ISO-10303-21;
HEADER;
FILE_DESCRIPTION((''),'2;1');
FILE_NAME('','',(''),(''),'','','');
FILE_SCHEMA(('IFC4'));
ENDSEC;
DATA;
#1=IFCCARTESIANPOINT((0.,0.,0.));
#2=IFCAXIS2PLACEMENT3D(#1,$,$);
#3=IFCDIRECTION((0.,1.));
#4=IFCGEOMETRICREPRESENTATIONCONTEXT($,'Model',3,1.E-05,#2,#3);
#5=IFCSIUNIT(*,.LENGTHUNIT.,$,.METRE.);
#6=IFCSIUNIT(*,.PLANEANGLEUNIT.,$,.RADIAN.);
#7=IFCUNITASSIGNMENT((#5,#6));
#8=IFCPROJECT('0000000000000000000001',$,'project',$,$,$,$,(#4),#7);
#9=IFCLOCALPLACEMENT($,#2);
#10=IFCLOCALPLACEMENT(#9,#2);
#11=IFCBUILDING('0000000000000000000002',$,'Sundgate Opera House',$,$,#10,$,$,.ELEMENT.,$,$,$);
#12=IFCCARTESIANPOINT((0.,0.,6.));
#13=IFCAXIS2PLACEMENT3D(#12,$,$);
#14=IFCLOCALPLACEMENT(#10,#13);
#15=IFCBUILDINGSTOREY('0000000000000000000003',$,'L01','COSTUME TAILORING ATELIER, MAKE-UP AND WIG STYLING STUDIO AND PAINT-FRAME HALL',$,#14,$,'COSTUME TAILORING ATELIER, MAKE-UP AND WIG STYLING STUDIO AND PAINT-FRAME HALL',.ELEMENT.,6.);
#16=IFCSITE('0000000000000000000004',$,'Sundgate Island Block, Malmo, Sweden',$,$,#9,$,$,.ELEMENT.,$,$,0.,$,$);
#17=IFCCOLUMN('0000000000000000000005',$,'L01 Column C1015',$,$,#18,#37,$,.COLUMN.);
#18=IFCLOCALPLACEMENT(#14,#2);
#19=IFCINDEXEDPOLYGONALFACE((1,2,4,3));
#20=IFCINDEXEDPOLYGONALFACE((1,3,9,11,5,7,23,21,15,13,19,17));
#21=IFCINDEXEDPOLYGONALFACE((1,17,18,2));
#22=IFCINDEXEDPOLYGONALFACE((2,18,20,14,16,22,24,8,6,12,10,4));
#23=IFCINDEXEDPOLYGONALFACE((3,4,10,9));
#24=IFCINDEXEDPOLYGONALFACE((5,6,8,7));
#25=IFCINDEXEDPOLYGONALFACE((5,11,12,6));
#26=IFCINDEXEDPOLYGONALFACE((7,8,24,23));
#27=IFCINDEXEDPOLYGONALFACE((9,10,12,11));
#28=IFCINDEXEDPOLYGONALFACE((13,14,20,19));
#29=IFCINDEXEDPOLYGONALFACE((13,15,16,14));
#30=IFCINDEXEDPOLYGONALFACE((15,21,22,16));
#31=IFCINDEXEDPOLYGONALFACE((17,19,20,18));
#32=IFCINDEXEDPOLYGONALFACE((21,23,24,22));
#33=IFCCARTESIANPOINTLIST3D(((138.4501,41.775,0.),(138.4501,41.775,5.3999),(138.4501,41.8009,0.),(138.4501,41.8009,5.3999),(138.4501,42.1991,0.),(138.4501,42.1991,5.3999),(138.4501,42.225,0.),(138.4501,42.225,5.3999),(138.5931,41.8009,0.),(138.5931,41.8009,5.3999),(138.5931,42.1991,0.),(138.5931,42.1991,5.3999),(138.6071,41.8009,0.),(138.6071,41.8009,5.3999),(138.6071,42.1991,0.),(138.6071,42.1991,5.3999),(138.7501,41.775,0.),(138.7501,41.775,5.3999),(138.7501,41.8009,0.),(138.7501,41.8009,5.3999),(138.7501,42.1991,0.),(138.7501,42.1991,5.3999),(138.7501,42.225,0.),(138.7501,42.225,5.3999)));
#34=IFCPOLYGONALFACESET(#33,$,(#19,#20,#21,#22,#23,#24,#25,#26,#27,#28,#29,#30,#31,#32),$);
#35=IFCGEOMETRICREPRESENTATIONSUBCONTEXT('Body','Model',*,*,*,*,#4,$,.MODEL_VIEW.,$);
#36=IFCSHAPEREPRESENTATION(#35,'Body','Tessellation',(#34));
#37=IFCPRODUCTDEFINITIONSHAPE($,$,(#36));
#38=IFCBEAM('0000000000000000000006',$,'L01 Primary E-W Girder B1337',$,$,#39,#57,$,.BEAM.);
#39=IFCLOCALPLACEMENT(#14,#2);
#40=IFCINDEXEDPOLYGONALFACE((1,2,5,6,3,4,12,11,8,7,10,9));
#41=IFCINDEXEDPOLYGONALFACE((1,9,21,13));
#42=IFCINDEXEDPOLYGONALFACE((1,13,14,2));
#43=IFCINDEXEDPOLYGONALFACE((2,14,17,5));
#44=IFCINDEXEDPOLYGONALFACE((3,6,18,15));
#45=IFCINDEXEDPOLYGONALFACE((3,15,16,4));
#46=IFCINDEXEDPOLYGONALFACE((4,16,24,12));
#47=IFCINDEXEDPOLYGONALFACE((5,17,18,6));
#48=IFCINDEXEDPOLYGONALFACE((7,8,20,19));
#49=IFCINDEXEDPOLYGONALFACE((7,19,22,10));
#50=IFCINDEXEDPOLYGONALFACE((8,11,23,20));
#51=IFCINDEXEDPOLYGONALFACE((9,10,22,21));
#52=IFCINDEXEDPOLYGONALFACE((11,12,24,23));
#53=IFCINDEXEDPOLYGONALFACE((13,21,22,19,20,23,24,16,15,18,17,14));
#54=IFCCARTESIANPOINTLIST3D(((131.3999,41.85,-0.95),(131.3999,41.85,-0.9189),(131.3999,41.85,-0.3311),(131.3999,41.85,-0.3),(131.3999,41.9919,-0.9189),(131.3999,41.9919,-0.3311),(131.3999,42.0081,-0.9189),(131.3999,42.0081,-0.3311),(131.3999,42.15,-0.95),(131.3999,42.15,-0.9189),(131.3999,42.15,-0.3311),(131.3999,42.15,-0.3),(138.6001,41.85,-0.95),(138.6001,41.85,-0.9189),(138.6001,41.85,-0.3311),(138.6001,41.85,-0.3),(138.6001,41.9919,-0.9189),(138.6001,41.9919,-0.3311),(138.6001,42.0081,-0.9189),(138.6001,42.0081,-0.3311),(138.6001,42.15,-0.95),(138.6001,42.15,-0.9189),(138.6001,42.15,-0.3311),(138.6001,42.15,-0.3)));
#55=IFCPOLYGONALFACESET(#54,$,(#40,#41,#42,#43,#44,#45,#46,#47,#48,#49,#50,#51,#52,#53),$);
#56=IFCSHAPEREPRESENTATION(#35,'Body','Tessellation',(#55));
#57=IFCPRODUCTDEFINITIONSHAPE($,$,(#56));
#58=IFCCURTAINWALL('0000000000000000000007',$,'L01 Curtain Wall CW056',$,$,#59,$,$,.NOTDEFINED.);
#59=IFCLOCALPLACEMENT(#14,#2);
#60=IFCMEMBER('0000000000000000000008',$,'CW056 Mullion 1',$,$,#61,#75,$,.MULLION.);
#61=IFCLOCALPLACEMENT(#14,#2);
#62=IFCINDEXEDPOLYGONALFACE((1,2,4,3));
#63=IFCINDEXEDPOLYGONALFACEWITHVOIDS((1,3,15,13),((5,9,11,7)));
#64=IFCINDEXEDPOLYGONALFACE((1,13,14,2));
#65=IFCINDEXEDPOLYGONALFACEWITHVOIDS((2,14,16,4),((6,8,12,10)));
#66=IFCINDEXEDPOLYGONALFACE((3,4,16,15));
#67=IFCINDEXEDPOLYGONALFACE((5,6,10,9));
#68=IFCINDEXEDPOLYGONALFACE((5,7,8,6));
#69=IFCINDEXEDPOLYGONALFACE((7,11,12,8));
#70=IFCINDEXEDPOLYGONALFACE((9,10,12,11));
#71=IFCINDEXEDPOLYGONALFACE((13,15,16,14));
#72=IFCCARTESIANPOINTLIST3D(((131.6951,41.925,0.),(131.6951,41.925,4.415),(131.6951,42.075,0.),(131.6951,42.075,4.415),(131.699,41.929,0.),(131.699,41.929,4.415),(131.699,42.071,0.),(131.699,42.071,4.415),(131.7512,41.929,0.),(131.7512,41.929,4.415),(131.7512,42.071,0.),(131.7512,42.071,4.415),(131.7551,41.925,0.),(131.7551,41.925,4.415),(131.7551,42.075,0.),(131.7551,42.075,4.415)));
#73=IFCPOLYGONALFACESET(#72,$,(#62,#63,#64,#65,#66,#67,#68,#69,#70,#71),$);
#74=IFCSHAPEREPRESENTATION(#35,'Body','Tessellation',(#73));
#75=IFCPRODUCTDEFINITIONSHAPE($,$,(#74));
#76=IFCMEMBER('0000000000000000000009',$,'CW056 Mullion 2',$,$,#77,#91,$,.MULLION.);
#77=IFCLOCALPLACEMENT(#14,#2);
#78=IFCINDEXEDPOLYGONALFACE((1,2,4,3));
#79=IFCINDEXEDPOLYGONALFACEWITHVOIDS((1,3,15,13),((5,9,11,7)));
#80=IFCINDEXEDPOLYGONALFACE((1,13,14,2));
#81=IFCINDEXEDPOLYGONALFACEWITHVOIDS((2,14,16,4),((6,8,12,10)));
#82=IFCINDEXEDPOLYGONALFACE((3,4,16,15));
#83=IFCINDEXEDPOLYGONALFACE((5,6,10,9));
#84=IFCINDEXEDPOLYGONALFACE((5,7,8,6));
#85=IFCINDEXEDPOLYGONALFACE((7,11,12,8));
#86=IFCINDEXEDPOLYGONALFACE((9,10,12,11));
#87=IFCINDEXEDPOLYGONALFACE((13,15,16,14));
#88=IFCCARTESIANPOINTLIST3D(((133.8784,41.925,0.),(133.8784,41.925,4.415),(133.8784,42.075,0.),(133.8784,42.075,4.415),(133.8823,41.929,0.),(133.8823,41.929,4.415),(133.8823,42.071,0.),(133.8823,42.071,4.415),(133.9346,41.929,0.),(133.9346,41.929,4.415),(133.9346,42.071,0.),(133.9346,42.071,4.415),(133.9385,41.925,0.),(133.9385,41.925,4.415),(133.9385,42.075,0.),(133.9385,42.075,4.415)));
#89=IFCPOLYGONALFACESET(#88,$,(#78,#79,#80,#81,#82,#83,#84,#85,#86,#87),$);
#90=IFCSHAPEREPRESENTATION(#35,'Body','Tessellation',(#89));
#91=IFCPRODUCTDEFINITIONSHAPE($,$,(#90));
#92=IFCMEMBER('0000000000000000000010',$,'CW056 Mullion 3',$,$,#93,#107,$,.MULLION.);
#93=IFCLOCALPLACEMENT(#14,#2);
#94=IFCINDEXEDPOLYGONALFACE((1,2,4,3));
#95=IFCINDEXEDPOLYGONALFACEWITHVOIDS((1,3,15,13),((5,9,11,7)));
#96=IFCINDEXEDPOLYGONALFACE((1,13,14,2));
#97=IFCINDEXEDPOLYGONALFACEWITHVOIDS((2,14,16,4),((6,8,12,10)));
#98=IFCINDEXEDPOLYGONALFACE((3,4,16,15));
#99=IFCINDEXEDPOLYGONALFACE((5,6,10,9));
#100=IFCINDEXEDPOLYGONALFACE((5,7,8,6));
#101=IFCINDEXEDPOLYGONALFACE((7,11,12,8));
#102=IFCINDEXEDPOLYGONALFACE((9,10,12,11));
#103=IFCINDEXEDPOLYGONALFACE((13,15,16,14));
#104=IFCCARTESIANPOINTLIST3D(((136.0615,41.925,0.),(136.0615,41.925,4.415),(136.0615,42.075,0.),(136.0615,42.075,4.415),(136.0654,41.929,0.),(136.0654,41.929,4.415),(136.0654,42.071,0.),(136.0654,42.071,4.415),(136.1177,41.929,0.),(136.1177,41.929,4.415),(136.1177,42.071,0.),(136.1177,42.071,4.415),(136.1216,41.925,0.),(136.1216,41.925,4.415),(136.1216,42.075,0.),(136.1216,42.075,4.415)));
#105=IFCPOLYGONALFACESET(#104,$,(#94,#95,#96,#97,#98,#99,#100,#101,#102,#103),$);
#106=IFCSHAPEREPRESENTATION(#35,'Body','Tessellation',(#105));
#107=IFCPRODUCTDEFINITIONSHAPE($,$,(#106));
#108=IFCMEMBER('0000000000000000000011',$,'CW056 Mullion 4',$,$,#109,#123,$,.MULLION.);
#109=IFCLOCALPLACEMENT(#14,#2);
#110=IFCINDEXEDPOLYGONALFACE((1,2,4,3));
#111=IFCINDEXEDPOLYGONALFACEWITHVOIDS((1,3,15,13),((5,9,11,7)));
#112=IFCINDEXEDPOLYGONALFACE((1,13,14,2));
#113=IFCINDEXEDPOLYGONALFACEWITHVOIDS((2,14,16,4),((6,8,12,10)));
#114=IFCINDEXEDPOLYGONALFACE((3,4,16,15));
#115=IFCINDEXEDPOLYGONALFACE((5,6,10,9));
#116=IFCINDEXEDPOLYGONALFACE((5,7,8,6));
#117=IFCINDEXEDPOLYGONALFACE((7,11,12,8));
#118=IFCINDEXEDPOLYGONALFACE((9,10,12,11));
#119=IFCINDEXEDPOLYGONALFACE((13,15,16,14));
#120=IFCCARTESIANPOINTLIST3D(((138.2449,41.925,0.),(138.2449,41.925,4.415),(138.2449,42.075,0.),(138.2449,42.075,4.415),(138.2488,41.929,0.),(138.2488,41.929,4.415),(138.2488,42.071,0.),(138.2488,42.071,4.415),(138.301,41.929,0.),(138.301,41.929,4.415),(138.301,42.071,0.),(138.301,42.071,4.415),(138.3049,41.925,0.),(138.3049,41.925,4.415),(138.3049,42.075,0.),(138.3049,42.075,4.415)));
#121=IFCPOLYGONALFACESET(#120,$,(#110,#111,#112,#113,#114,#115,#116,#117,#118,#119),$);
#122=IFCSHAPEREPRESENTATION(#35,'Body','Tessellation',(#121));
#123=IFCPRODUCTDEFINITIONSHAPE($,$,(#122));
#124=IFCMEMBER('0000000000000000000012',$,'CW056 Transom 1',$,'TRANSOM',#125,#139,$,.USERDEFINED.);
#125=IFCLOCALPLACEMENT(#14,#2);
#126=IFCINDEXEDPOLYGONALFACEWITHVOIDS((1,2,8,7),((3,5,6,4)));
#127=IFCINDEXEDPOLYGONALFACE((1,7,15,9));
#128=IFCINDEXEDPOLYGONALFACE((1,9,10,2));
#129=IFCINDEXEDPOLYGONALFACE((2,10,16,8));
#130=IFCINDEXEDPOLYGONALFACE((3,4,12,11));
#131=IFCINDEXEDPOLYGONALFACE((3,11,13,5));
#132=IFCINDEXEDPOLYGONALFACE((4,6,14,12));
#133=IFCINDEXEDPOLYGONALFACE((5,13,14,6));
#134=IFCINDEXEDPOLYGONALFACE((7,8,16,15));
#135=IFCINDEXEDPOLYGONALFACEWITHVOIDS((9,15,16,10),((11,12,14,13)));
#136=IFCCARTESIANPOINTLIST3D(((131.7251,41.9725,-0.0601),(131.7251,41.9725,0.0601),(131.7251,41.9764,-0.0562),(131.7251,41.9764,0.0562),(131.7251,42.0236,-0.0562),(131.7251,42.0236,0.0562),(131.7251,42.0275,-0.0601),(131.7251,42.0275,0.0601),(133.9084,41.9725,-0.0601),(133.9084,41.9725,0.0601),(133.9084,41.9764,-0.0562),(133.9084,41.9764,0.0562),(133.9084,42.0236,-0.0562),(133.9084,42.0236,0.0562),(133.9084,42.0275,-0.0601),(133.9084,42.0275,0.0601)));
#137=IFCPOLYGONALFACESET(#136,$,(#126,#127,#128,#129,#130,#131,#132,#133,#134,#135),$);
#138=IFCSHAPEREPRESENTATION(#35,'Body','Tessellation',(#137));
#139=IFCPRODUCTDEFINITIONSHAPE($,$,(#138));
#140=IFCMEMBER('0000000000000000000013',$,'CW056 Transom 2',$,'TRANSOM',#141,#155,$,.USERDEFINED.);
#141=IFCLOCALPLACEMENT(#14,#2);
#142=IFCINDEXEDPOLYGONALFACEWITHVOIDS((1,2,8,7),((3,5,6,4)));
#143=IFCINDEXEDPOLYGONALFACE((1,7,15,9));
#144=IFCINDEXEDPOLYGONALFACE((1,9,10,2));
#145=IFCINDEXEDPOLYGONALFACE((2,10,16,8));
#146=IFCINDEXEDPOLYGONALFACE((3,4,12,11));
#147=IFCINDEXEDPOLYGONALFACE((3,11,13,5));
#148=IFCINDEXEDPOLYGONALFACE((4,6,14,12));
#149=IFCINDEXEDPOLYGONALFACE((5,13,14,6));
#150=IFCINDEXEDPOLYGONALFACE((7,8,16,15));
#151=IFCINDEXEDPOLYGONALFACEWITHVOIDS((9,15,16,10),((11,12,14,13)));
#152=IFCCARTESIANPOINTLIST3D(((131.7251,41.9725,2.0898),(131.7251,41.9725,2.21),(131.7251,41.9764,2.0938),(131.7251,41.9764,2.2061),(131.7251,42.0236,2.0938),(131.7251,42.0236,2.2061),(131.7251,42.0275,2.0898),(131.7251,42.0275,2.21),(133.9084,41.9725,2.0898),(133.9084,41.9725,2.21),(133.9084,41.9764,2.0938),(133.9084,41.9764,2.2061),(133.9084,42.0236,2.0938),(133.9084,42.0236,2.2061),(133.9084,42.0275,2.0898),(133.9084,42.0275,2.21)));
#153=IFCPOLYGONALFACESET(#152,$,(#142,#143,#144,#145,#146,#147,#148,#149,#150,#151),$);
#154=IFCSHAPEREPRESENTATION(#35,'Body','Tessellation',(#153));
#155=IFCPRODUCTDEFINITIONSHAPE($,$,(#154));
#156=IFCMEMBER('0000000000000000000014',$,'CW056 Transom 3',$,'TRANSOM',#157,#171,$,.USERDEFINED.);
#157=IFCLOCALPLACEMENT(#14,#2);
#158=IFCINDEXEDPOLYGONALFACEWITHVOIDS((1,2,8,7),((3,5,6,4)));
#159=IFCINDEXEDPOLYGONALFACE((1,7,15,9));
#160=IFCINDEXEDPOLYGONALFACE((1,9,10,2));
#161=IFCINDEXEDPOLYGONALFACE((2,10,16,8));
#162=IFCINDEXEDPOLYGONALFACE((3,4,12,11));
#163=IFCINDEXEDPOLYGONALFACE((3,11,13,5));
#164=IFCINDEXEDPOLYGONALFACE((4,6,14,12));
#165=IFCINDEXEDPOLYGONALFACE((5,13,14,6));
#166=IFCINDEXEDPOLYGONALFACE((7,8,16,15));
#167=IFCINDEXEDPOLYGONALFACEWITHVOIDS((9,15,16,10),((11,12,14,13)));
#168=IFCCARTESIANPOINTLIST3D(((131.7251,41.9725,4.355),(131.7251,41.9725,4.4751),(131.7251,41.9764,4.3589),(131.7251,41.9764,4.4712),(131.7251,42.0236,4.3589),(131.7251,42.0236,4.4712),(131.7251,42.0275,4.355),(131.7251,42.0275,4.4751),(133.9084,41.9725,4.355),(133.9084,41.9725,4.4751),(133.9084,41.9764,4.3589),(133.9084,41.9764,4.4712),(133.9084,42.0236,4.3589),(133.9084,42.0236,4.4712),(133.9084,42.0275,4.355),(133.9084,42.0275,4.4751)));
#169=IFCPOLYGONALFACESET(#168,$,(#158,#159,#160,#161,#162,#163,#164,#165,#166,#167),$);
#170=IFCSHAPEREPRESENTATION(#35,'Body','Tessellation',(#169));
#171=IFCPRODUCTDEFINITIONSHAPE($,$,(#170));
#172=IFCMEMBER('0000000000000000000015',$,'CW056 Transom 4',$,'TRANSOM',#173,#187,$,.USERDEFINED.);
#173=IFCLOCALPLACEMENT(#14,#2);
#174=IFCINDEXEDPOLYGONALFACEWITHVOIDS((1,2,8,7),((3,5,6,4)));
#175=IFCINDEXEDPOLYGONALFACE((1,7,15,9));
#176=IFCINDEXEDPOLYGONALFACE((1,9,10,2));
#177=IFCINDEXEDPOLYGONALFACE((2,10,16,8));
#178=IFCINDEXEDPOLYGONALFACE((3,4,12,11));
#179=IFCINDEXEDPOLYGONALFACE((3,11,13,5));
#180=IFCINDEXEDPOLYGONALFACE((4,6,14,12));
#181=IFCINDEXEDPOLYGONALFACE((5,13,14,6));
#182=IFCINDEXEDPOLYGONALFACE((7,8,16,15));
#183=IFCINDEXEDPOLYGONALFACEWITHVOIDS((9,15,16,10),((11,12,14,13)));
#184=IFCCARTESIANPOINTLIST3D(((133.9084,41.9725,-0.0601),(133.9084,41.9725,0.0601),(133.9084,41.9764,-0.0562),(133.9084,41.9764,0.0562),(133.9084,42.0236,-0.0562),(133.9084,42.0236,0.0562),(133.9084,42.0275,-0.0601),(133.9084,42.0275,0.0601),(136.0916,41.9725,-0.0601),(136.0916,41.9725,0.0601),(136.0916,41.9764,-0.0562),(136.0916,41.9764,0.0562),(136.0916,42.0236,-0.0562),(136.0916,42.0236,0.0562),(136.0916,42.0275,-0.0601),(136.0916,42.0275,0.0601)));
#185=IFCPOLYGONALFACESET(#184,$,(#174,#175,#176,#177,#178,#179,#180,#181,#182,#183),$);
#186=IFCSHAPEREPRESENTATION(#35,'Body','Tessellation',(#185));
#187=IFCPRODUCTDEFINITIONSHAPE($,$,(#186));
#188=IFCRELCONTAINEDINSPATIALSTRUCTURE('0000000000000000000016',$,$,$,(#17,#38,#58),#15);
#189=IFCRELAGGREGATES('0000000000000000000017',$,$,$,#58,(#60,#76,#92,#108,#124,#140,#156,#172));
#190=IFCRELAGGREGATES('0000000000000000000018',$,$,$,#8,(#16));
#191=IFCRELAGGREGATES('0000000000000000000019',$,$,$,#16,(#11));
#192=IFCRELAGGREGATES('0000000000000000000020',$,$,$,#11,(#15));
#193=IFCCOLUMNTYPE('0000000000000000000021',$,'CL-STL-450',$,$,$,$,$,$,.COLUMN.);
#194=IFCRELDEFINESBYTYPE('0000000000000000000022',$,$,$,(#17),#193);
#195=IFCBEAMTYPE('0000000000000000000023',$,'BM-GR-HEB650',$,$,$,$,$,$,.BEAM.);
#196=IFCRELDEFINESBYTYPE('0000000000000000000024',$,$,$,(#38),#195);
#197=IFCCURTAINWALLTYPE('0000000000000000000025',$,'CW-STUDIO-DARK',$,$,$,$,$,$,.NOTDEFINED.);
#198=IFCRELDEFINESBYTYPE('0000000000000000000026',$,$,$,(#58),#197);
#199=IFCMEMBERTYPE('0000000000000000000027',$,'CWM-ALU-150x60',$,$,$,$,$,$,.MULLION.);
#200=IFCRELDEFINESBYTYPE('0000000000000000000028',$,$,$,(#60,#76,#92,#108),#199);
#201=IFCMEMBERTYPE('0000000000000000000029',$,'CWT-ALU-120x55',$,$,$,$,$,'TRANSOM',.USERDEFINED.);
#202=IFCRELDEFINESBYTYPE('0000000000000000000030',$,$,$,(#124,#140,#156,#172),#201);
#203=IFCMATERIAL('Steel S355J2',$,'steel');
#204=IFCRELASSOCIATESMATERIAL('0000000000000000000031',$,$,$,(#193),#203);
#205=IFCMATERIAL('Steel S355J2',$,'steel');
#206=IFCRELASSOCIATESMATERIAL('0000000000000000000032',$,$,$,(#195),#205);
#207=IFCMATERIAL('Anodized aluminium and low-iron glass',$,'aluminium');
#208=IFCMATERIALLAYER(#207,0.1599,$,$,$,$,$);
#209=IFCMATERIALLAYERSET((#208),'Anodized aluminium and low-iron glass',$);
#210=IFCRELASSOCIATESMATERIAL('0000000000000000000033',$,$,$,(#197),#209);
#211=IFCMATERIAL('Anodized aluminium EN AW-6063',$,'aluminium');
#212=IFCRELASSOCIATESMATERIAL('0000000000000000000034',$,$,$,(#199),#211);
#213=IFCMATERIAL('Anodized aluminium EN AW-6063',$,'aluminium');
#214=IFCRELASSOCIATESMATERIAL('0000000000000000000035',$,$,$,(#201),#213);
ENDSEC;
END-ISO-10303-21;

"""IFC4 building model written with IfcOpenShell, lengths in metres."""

from ifc_helpers import new_model, si_unit, direction, frame, origin, origin_2d, place, context, subcontext, project, spatial, hollow_rectangle, i_section, extrude, material, layer, layer_set, material_profile, profile_set, type_object, element, aggregate, save


model = new_model("IFC4")

# Units and contexts
model_context = context("Model", 3, precision=1e-05, world=origin(), true_north=direction((0.0, 1.0)))
body_context = subcontext(model_context, "Body", "Model", "MODEL_VIEW")
ifc_project = project(units=[si_unit("LENGTHUNIT", "METRE"), si_unit("PLANEANGLEUNIT", "RADIAN")], contexts=[model_context])

# Site, building, storey
site_placement = place(None, origin())
site = spatial("IfcSite", under=ifc_project, at=site_placement, Name="Sundgate Island Block, Malmo, Sweden", CompositionType="ELEMENT", RefElevation=0.0)
building_placement = place(site_placement, origin())
building = spatial("IfcBuilding", under=site, at=building_placement, Name="Sundgate Opera House", CompositionType="ELEMENT")
storey_placement = place(building_placement, frame((0.0, 0.0, 6.0)))
storey = spatial("IfcBuildingStorey", under=building, at=storey_placement, Name="L01", Description="COSTUME TAILORING ATELIER, MAKE-UP AND WIG STYLING STUDIO AND PAINT-FRAME HALL", LongName="COSTUME TAILORING ATELIER, MAKE-UP AND WIG STYLING STUDIO AND PAINT-FRAME HALL", CompositionType="ELEMENT", Elevation=6.0)

# Column
ifc_material_1 = material(Name="Steel S355J2", Category="steel")
ifc_material_profile_1 = material_profile(ifc_material_1, i_section(OverallWidth=0.3, OverallDepth=0.45, WebThickness=0.0139, FlangeThickness=0.0259, at=origin_2d()), Name="HEB 450")
ifc_profile_set_1 = profile_set([ifc_material_profile_1], Name="Steel S355J2")
column_type = type_object("IfcColumnType", Name="CL-STL-450", PredefinedType="COLUMN", material=ifc_profile_set_1)
column_placement = place(storey_placement, frame((138.6001, 42.0, 0.0), z_axis=(0.0, 0.0, 1.0), x_axis=(1.0, 0.0, 0.0)))
element("IfcColumn", 1, at=column_placement, inside=storey, type_object=column_type, Name="L01 Column C1015", PredefinedType="COLUMN", context=body_context, shape_type="SweptSolid", body=[
    extrude(i_section(OverallWidth=0.3, OverallDepth=0.45, WebThickness=0.0139, FlangeThickness=0.0259, at=origin_2d()), origin(), (0.0, 0.0, 1.0), 5.3999),
])

# Beam
ifc_material_2 = material(Name="Steel S355J2", Category="steel")
ifc_material_profile_2 = material_profile(ifc_material_2, i_section(OverallWidth=0.3, OverallDepth=0.6499, WebThickness=0.0161, FlangeThickness=0.031, at=origin_2d()), Name="HEB 650")
ifc_profile_set_2 = profile_set([ifc_material_profile_2], Name="Steel S355J2")
beam_type = type_object("IfcBeamType", Name="BM-GR-HEB650", PredefinedType="BEAM", material=ifc_profile_set_2)
beam_placement = place(storey_placement, frame((131.3999, 42.0, -0.625), z_axis=(1.0, 0.0, 0.0), x_axis=(0.0, 1.0, 0.0)))
element("IfcBeam", 2, at=beam_placement, inside=storey, type_object=beam_type, Name="L01 Primary E-W Girder B1337", PredefinedType="BEAM", context=body_context, shape_type="SweptSolid", body=[
    extrude(i_section(OverallWidth=0.3, OverallDepth=0.6499, WebThickness=0.0161, FlangeThickness=0.031, at=origin_2d()), origin(), (0.0, 0.0, 1.0), 7.2002),
])

# Curtain wall, members
ifc_material_3 = material(Name="Anodized aluminium and low-iron glass", Category="aluminium")
ifc_layer_1 = layer(ifc_material_3, 0.1599)
ifc_layer_set_1 = layer_set([ifc_layer_1], Name="Anodized aluminium and low-iron glass")
curtain_wall_type = type_object("IfcCurtainWallType", Name="CW-STUDIO-DARK", PredefinedType="NOTDEFINED", material=ifc_layer_set_1)
curtain_wall_placement = place(storey_placement, origin())
curtain_wall = element("IfcCurtainWall", 3, at=curtain_wall_placement, inside=storey, type_object=curtain_wall_type, Name="L01 Curtain Wall CW056", PredefinedType="NOTDEFINED")
ifc_material_4 = material(Name="Anodized aluminium EN AW-6063", Category="aluminium")
ifc_material_profile_3 = material_profile(ifc_material_4, hollow_rectangle(XDim=0.0601, YDim=0.1499, WallThickness=0.0039, at=origin_2d()), Name="CWM 150x60x4")
ifc_profile_set_3 = profile_set([ifc_material_profile_3], Name="Anodized aluminium EN AW-6063")
member_type_1 = type_object("IfcMemberType", Name="CWM-ALU-150x60", PredefinedType="MULLION", material=ifc_profile_set_3)
member_1_placement = place(storey_placement, frame((131.7251, 42.0, 0.0), z_axis=(0.0, 0.0, 1.0), x_axis=(1.0, 0.0, 0.0)))
member_1 = element("IfcMember", 4, at=member_1_placement, type_object=member_type_1, Name="CW056 Mullion 1", PredefinedType="MULLION", context=body_context, shape_type="SweptSolid", body=[
    extrude(hollow_rectangle(XDim=0.0601, YDim=0.1499, WallThickness=0.0039, at=origin_2d()), origin(), (0.0, 0.0, 1.0), 4.415),
])
member_2_placement = place(storey_placement, frame((133.9084, 42.0, 0.0), z_axis=(0.0, 0.0, 1.0), x_axis=(1.0, 0.0, 0.0)))
member_2 = element("IfcMember", 5, at=member_2_placement, type_object=member_type_1, Name="CW056 Mullion 2", PredefinedType="MULLION", context=body_context, shape_type="SweptSolid", body=[
    extrude(hollow_rectangle(XDim=0.0601, YDim=0.1499, WallThickness=0.0039, at=origin_2d()), origin(), (0.0, 0.0, 1.0), 4.415),
])
member_3_placement = place(storey_placement, frame((136.0916, 42.0, 0.0), z_axis=(0.0, 0.0, 1.0), x_axis=(1.0, 0.0, 0.0)))
member_3 = element("IfcMember", 6, at=member_3_placement, type_object=member_type_1, Name="CW056 Mullion 3", PredefinedType="MULLION", context=body_context, shape_type="SweptSolid", body=[
    extrude(hollow_rectangle(XDim=0.0601, YDim=0.1499, WallThickness=0.0039, at=origin_2d()), origin(), (0.0, 0.0, 1.0), 4.415),
])
member_4_placement = place(storey_placement, frame((138.2749, 42.0, 0.0), z_axis=(0.0, 0.0, 1.0), x_axis=(1.0, 0.0, 0.0)))
member_4 = element("IfcMember", 7, at=member_4_placement, type_object=member_type_1, Name="CW056 Mullion 4", PredefinedType="MULLION", context=body_context, shape_type="SweptSolid", body=[
    extrude(hollow_rectangle(XDim=0.0601, YDim=0.1499, WallThickness=0.0039, at=origin_2d()), origin(), (0.0, 0.0, 1.0), 4.415),
])
ifc_material_5 = material(Name="Anodized aluminium EN AW-6063", Category="aluminium")
ifc_material_profile_4 = material_profile(ifc_material_5, hollow_rectangle(XDim=0.0549, YDim=0.1201, WallThickness=0.0039, at=origin_2d()), Name="CWT 120x55x4")
ifc_profile_set_4 = profile_set([ifc_material_profile_4], Name="Anodized aluminium EN AW-6063")
member_type_2 = type_object("IfcMemberType", Name="CWT-ALU-120x55", ElementType="TRANSOM", PredefinedType="USERDEFINED", material=ifc_profile_set_4)
member_5_placement = place(storey_placement, frame((131.7251, 42.0, 0.0), z_axis=(1.0, 0.0, 0.0), x_axis=(0.0, 1.0, 0.0)))
member_5 = element("IfcMember", 8, at=member_5_placement, type_object=member_type_2, Name="CW056 Transom 1", ObjectType="TRANSOM", PredefinedType="USERDEFINED", context=body_context, shape_type="SweptSolid", body=[
    extrude(hollow_rectangle(XDim=0.0549, YDim=0.1201, WallThickness=0.0039, at=origin_2d()), origin(), (0.0, 0.0, 1.0), 2.1833),
])
member_6_placement = place(storey_placement, frame((131.7251, 42.0, 2.1499), z_axis=(1.0, 0.0, 0.0), x_axis=(0.0, 1.0, 0.0)))
member_6 = element("IfcMember", 9, at=member_6_placement, type_object=member_type_2, Name="CW056 Transom 2", ObjectType="TRANSOM", PredefinedType="USERDEFINED", context=body_context, shape_type="SweptSolid", body=[
    extrude(hollow_rectangle(XDim=0.0549, YDim=0.1201, WallThickness=0.0039, at=origin_2d()), origin(), (0.0, 0.0, 1.0), 2.1833),
])
member_7_placement = place(storey_placement, frame((131.7251, 42.0, 4.415), z_axis=(1.0, 0.0, 0.0), x_axis=(0.0, 1.0, 0.0)))
member_7 = element("IfcMember", 10, at=member_7_placement, type_object=member_type_2, Name="CW056 Transom 3", ObjectType="TRANSOM", PredefinedType="USERDEFINED", context=body_context, shape_type="SweptSolid", body=[
    extrude(hollow_rectangle(XDim=0.0549, YDim=0.1201, WallThickness=0.0039, at=origin_2d()), origin(), (0.0, 0.0, 1.0), 2.1833),
])
member_8_placement = place(storey_placement, frame((133.9084, 42.0, 0.0), z_axis=(1.0, 0.0, 0.0), x_axis=(0.0, 1.0, 0.0)))
member_8 = element("IfcMember", 11, at=member_8_placement, type_object=member_type_2, Name="CW056 Transom 4", ObjectType="TRANSOM", PredefinedType="USERDEFINED", context=body_context, shape_type="SweptSolid", body=[
    extrude(hollow_rectangle(XDim=0.0549, YDim=0.1201, WallThickness=0.0039, at=origin_2d()), origin(), (0.0, 0.0, 1.0), 2.1831),
])
aggregate(curtain_wall, [member_1, member_2, member_3, member_4, member_5, member_6, member_7, member_8])

save(model, "model.ifc")
